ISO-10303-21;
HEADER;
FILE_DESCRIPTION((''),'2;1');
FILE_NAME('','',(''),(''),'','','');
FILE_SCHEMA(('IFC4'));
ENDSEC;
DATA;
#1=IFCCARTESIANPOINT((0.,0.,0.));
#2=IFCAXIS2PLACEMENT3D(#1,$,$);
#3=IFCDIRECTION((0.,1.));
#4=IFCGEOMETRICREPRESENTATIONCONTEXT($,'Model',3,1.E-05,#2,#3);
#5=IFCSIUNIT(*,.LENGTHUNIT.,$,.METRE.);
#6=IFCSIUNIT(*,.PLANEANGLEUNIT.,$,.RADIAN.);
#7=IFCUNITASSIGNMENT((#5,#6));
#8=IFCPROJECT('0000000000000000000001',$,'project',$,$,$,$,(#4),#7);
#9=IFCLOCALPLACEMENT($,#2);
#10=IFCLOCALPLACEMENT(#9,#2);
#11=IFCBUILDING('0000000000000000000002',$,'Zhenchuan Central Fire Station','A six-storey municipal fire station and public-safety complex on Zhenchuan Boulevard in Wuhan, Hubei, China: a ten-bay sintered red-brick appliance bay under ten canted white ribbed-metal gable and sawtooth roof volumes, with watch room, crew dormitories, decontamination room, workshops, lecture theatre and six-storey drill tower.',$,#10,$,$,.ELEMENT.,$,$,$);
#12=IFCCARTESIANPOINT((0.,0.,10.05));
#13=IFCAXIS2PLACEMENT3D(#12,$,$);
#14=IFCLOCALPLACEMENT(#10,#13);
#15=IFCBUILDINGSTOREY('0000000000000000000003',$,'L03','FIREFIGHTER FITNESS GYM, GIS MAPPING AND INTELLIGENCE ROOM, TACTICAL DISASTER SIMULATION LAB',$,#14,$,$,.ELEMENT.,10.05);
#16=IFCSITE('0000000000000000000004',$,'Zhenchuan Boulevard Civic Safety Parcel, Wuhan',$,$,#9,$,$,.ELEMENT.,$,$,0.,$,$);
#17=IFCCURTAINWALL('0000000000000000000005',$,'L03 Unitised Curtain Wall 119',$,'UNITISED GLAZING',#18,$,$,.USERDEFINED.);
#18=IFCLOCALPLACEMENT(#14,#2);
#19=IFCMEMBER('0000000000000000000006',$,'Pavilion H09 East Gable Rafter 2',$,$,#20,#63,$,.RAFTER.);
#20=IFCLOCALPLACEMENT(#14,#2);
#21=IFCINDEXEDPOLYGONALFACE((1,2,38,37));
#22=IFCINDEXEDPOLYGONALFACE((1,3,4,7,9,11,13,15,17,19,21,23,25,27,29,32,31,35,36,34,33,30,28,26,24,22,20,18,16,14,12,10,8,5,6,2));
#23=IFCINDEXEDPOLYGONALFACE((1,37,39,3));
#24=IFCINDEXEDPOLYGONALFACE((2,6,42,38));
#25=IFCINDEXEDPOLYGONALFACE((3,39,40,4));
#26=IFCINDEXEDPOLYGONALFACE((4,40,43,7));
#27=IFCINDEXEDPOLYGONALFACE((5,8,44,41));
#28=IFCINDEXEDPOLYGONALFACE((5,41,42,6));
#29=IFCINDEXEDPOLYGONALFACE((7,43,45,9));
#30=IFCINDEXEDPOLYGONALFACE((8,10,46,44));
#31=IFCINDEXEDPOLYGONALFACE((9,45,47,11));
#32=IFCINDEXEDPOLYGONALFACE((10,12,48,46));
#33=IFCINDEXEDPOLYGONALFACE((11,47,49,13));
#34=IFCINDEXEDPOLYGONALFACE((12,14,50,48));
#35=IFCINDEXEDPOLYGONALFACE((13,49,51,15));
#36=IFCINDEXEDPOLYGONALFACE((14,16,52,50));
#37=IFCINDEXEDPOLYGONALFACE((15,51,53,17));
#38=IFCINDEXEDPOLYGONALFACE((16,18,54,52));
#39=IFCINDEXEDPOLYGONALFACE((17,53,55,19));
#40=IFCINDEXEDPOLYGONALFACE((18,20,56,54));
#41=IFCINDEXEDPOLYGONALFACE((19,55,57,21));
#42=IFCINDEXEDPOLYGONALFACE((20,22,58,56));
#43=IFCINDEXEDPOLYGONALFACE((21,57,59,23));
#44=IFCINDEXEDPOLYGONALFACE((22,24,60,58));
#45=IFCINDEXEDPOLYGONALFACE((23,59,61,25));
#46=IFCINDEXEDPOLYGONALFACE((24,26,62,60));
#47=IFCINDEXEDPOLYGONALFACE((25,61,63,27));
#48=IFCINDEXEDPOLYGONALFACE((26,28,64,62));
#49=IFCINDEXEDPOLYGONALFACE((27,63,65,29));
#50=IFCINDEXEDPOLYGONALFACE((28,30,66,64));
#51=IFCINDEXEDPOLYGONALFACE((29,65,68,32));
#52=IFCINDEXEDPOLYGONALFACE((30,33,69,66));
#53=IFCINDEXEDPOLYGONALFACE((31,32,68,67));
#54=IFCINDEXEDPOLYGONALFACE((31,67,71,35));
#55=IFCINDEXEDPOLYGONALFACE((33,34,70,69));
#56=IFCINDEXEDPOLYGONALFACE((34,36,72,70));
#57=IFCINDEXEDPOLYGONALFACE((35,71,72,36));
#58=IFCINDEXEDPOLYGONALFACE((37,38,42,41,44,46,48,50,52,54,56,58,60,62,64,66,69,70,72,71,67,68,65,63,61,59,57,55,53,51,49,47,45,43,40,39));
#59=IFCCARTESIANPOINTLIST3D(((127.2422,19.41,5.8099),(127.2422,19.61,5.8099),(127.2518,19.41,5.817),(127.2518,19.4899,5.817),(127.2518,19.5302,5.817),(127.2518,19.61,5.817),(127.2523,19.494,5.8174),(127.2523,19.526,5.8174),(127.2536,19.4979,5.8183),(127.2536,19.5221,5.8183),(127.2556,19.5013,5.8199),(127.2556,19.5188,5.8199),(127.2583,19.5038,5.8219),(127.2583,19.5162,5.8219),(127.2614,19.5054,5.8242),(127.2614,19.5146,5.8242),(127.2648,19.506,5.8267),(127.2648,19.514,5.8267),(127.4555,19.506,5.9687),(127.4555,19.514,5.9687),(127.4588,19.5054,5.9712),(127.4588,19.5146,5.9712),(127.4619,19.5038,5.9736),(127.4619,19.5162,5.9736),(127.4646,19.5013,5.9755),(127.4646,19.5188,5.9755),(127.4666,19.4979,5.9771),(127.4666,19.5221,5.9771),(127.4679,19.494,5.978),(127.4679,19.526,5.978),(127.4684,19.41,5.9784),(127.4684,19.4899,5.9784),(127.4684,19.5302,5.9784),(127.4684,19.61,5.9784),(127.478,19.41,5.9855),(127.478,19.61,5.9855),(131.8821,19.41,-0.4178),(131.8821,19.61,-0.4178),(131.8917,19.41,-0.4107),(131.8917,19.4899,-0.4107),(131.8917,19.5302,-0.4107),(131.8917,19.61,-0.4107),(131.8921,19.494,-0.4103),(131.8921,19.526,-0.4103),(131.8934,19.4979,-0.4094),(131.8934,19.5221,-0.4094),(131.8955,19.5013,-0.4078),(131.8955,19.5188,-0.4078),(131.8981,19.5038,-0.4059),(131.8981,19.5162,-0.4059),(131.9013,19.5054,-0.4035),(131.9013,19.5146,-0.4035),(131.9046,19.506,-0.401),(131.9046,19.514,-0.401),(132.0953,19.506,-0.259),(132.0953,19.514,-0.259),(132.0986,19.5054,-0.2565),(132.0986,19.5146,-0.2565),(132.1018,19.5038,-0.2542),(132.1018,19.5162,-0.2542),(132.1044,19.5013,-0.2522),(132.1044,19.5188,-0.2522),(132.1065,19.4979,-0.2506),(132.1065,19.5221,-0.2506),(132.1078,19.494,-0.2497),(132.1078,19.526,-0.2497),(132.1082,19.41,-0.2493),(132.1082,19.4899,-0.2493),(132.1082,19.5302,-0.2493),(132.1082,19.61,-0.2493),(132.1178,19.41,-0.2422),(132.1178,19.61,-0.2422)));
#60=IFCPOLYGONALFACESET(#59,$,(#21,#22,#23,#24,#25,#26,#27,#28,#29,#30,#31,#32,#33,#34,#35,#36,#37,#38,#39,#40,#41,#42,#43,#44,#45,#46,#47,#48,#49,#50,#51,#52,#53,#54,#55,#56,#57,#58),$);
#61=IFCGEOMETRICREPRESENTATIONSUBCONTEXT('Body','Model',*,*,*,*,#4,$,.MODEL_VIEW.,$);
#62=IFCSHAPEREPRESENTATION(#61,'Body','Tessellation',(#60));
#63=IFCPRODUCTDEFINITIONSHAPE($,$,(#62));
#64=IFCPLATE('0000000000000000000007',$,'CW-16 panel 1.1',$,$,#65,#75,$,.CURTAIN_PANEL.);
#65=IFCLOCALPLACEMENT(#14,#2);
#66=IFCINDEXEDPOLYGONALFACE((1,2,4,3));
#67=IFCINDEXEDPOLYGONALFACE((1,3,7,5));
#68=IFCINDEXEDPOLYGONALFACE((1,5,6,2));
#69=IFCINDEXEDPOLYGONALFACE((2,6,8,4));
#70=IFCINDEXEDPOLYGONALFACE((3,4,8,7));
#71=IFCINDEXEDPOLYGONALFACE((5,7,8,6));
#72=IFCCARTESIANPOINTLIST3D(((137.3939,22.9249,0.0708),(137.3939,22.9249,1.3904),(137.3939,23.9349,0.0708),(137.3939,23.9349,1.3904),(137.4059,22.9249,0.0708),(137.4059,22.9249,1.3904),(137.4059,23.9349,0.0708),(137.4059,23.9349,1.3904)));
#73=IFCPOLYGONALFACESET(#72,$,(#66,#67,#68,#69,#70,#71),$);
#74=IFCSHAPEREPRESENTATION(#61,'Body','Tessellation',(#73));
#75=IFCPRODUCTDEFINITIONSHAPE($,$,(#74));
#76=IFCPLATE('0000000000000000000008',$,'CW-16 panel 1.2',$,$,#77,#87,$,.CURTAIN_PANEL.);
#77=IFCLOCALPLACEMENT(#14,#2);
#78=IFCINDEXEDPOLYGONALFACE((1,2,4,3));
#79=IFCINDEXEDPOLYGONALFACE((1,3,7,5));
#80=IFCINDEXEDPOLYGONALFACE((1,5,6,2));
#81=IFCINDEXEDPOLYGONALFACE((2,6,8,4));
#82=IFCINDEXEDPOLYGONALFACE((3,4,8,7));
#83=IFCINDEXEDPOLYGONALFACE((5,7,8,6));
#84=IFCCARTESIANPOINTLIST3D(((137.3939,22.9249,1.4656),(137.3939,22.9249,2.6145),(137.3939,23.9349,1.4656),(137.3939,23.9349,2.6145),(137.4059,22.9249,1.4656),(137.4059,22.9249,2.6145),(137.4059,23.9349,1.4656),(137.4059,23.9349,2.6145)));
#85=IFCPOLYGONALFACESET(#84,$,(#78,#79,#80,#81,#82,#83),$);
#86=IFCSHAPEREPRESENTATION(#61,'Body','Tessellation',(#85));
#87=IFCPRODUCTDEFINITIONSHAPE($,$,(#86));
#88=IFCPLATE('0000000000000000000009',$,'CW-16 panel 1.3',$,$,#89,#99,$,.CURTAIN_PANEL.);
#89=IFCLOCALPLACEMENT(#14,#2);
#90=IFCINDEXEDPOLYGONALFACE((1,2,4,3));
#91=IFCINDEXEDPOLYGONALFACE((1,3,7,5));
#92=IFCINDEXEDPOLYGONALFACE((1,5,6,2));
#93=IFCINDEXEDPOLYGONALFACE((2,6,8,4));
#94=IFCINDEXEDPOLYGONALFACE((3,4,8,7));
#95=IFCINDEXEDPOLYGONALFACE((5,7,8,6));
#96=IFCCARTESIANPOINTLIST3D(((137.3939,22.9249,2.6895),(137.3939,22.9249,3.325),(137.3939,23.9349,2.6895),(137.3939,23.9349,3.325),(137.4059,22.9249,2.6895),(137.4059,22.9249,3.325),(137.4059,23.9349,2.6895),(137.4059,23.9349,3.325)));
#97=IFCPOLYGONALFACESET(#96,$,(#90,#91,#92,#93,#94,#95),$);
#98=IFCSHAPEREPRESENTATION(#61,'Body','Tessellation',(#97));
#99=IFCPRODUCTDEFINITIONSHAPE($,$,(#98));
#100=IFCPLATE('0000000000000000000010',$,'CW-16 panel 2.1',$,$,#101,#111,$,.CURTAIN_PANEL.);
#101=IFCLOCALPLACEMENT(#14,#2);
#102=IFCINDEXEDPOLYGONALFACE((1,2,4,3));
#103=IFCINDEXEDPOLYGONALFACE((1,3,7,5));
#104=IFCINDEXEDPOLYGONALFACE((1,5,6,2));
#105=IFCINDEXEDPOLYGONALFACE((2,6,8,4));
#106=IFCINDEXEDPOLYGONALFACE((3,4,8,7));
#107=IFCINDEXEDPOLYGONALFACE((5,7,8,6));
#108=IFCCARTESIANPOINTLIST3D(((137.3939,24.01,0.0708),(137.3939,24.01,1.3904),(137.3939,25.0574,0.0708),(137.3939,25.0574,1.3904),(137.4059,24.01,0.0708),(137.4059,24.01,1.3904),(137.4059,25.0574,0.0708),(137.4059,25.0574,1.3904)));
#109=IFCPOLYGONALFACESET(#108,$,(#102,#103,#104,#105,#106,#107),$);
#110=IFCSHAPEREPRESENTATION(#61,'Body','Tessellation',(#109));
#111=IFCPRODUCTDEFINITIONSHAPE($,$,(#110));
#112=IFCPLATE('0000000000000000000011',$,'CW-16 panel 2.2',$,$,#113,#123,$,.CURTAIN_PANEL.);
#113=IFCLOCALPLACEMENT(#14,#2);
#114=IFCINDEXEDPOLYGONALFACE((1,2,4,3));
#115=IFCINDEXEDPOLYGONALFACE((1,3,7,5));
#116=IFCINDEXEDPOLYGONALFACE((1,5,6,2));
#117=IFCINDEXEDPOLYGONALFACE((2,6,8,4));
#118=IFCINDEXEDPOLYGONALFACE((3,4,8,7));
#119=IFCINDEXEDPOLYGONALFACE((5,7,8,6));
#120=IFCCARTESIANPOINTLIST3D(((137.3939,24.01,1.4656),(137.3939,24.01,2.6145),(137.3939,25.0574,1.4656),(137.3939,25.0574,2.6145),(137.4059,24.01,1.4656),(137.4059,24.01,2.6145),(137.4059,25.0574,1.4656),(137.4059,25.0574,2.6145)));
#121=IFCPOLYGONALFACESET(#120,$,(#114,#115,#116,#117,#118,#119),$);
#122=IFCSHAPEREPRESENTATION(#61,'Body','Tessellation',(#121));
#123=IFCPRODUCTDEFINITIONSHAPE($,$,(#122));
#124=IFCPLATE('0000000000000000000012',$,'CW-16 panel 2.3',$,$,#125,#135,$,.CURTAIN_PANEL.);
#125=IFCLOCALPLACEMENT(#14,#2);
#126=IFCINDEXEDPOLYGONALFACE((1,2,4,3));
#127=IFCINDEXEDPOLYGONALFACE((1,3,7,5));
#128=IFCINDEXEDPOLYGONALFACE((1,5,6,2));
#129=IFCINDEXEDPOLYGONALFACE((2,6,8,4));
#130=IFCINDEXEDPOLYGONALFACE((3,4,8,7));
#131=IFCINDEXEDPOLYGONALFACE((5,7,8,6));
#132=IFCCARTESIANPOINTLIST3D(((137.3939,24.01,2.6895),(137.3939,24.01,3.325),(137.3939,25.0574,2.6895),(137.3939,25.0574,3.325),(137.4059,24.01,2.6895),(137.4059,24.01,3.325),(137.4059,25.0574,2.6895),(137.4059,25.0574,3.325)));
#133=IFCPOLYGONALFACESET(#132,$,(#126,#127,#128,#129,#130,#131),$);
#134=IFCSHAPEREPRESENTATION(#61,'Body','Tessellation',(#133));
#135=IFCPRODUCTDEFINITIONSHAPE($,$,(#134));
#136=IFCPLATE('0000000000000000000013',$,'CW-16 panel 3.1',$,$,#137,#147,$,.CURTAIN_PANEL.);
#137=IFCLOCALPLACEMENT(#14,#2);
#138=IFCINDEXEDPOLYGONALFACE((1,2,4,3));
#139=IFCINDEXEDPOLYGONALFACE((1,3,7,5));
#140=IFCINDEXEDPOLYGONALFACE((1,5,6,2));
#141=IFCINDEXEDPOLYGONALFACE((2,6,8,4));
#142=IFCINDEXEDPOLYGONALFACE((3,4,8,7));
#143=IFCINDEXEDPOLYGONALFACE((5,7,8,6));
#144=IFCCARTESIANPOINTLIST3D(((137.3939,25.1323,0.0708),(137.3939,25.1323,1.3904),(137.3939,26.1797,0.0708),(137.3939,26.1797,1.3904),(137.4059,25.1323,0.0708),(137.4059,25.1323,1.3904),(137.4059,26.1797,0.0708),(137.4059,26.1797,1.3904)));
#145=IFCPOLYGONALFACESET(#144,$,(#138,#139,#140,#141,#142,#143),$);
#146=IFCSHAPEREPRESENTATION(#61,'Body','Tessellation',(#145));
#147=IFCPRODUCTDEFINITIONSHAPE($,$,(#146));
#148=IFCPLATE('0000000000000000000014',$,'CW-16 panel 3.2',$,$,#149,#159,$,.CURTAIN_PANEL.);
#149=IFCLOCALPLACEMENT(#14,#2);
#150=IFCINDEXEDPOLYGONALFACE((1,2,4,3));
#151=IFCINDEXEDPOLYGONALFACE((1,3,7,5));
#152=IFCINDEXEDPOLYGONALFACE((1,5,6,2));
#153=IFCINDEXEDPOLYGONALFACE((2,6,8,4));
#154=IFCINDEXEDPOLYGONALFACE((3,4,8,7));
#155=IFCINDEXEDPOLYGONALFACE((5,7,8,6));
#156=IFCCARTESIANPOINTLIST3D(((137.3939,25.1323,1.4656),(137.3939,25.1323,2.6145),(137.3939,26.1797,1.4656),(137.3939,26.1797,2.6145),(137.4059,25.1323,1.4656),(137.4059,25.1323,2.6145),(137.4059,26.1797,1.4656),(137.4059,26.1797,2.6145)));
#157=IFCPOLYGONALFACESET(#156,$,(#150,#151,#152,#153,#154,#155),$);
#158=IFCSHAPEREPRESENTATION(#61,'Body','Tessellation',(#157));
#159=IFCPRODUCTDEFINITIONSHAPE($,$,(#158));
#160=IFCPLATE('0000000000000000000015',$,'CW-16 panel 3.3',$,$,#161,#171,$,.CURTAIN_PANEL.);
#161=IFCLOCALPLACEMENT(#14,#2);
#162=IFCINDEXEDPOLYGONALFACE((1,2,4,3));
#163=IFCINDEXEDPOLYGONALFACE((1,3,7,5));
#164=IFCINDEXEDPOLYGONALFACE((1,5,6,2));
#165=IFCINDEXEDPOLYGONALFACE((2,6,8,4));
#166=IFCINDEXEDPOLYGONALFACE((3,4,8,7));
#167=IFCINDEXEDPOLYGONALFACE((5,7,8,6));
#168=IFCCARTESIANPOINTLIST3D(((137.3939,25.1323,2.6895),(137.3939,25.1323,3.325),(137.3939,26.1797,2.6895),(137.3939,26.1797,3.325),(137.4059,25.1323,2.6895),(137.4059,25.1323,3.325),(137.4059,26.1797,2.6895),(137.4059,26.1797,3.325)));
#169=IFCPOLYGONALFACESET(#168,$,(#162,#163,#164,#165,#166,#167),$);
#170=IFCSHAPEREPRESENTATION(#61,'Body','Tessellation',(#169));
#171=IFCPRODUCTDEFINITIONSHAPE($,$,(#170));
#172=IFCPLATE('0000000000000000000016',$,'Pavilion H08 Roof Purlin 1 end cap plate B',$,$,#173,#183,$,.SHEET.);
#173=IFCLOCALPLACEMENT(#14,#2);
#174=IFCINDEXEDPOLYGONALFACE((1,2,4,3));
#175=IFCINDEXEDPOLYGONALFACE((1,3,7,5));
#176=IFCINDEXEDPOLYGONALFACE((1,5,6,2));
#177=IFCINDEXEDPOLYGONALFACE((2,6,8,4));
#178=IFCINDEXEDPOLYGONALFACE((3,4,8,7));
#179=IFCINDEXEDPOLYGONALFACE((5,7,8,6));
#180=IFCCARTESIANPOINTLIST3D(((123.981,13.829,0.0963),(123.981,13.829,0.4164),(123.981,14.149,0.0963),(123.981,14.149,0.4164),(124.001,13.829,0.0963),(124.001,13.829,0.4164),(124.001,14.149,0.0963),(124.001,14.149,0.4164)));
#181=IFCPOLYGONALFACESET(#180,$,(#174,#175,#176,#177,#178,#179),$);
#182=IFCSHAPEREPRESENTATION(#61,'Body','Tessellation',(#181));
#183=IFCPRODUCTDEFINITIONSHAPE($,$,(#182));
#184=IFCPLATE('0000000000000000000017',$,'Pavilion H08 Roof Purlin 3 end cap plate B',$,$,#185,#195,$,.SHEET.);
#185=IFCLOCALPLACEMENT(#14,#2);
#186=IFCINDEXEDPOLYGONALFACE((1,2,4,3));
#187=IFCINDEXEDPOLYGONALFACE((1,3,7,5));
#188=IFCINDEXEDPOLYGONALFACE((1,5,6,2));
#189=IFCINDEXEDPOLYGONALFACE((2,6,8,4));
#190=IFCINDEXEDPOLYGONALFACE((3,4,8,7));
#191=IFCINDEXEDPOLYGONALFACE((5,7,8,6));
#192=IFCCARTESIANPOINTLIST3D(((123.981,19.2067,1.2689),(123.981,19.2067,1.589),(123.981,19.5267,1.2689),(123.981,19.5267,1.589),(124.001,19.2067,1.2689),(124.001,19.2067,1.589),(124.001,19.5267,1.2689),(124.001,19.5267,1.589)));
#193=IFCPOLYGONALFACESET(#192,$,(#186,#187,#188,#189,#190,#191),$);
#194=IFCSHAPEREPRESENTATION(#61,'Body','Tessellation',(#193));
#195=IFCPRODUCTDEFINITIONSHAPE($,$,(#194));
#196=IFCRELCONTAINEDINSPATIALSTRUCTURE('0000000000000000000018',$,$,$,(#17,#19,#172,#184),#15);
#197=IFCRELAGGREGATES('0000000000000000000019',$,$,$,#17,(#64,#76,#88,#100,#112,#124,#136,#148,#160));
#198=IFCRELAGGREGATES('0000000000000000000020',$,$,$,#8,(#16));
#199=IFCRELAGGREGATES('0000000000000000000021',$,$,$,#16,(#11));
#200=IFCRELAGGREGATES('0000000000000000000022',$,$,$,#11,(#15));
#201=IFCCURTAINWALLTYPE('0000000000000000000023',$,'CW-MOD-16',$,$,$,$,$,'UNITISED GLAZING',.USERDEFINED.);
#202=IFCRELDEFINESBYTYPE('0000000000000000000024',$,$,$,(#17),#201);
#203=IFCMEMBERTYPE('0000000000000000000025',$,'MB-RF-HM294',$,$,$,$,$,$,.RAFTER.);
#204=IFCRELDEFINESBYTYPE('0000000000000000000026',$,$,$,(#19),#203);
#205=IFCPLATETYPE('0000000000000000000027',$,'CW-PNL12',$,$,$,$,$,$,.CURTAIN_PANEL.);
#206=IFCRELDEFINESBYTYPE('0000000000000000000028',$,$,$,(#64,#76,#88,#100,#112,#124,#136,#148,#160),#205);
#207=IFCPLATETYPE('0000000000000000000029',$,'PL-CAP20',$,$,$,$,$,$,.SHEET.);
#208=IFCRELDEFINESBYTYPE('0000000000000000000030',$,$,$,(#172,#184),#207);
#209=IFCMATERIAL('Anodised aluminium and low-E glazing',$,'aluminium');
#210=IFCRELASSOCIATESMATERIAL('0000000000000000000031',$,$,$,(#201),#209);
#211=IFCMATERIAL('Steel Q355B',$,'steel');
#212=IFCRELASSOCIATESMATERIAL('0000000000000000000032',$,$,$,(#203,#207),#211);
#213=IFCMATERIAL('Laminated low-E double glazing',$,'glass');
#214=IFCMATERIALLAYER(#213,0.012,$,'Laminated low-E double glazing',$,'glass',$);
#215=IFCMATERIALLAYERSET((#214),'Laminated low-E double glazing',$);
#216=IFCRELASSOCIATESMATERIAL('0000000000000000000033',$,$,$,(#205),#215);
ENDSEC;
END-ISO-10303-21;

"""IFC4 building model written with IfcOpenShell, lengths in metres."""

from ifc_helpers import new_model, si_unit, direction, frame, origin, origin_2d, place, context, subcontext, project, spatial, rectangle, i_section, extrude, material, layer, layer_set, material_profile, profile_set, type_object, element, aggregate, save


model = new_model("IFC4")

# Units and contexts
model_context = context("Model", 3, precision=1e-05, world=origin(), true_north=direction((0.0, 1.0)))
body_context = subcontext(model_context, "Body", "Model", "MODEL_VIEW")
ifc_project = project(units=[si_unit("LENGTHUNIT", "METRE"), si_unit("PLANEANGLEUNIT", "RADIAN")], contexts=[model_context])

# Site, building, storey
site_placement = place(None, origin())
site = spatial("IfcSite", under=ifc_project, at=site_placement, Name="Zhenchuan Boulevard Civic Safety Parcel, Wuhan", CompositionType="ELEMENT", RefElevation=0.0)
building_placement = place(site_placement, origin())
building = spatial("IfcBuilding", under=site, at=building_placement, Name="Zhenchuan Central Fire Station", Description="A six-storey municipal fire station and public-safety complex on Zhenchuan Boulevard in Wuhan, Hubei, China: a ten-bay sintered red-brick appliance bay under ten canted white ribbed-metal gable and sawtooth roof volumes, with watch room, crew dormitories, decontamination room, workshops, lecture theatre and six-storey drill tower.", CompositionType="ELEMENT")
storey_placement = place(building_placement, frame((0.0, 0.0, 10.05)))
storey = spatial("IfcBuildingStorey", under=building, at=storey_placement, Name="L03", Description="FIREFIGHTER FITNESS GYM, GIS MAPPING AND INTELLIGENCE ROOM, TACTICAL DISASTER SIMULATION LAB", CompositionType="ELEMENT", Elevation=10.05)

# Curtain wall
ifc_material_1 = material(Name="Anodised aluminium and low-E glazing", Category="aluminium")
curtain_wall_type = type_object("IfcCurtainWallType", Name="CW-MOD-16", ElementType="UNITISED GLAZING", PredefinedType="USERDEFINED", material=ifc_material_1)
curtain_wall_placement = place(storey_placement, origin())
curtain_wall = element("IfcCurtainWall", 1, at=curtain_wall_placement, inside=storey, type_object=curtain_wall_type, Name="L03 Unitised Curtain Wall 119", ObjectType="UNITISED GLAZING", PredefinedType="USERDEFINED")

# Member
ifc_material_2 = material(Name="Steel Q355B", Category="steel")
ifc_material_profile_1 = material_profile(ifc_material_2, i_section(OverallWidth=0.2, OverallDepth=0.2939, WebThickness=0.0081, FlangeThickness=0.012, FilletRadius=0.0161, at=origin_2d()), Name="HM 294x200")
ifc_profile_set_1 = profile_set([ifc_material_profile_1], Name="Steel Q355B")
member_type_1 = type_object("IfcMemberType", Name="MB-RF-HM294", PredefinedType="RAFTER", material=ifc_profile_set_1)
member_1_placement = place(storey_placement, frame((127.3601, 19.51, 5.8977), z_axis=(0.597447, 0.0, -0.801909), x_axis=(0.0, 1.0, 0.0)))
element("IfcMember", 2, at=member_1_placement, inside=storey, type_object=member_type_1, Name="Pavilion H09 East Gable Rafter 2", PredefinedType="RAFTER", context=body_context, shape_type="SweptSolid", body=[
    extrude(i_section(OverallWidth=0.2, OverallDepth=0.2939, WebThickness=0.0081, FlangeThickness=0.012, FilletRadius=0.0161, at=origin_2d()), origin(), (0.0, 0.0, 1.0), 7.7661),
])

# Plates
ifc_material_3 = material(Name="Laminated low-E double glazing", Category="glass")
ifc_layer = layer(ifc_material_3, 0.012, Name="Laminated low-E double glazing", Category="glass")
ifc_layer_set = layer_set([ifc_layer], Name="Laminated low-E double glazing")
plate_type_1 = type_object("IfcPlateType", Name="CW-PNL12", PredefinedType="CURTAIN_PANEL", material=ifc_layer_set)
plate_1_placement = place(storey_placement, frame((137.3999, 23.4299, 0.0708), z_axis=(0.0, 0.0, 1.0), x_axis=(0.0, 1.0, 0.0)))
plate_1 = element("IfcPlate", 3, at=plate_1_placement, type_object=plate_type_1, Name="CW-16 panel 1.1", PredefinedType="CURTAIN_PANEL", context=body_context, shape_type="SweptSolid", body=[
    extrude(rectangle(XDim=1.01, YDim=0.012, at=origin_2d()), origin(), (0.0, 0.0, 1.0), 1.3196),
])
plate_2_placement = place(storey_placement, frame((137.3999, 23.4299, 1.4656), z_axis=(0.0, 0.0, 1.0), x_axis=(0.0, 1.0, 0.0)))
plate_2 = element("IfcPlate", 4, at=plate_2_placement, type_object=plate_type_1, Name="CW-16 panel 1.2", PredefinedType="CURTAIN_PANEL", context=body_context, shape_type="SweptSolid", body=[
    extrude(rectangle(XDim=1.01, YDim=0.012, at=origin_2d()), origin(), (0.0, 0.0, 1.0), 1.1489),
])
plate_3_placement = place(storey_placement, frame((137.3999, 23.4299, 2.6895), z_axis=(0.0, 0.0, 1.0), x_axis=(0.0, 1.0, 0.0)))
plate_3 = element("IfcPlate", 5, at=plate_3_placement, type_object=plate_type_1, Name="CW-16 panel 1.3", PredefinedType="CURTAIN_PANEL", context=body_context, shape_type="SweptSolid", body=[
    extrude(rectangle(XDim=1.01, YDim=0.012, at=origin_2d()), origin(), (0.0, 0.0, 1.0), 0.6355),
])
plate_4_placement = place(storey_placement, frame((137.3999, 24.5337, 0.0708), z_axis=(0.0, 0.0, 1.0), x_axis=(0.0, 1.0, 0.0)))
plate_4 = element("IfcPlate", 6, at=plate_4_placement, type_object=plate_type_1, Name="CW-16 panel 2.1", PredefinedType="CURTAIN_PANEL", context=body_context, shape_type="SweptSolid", body=[
    extrude(rectangle(XDim=1.0474, YDim=0.012, at=origin_2d()), origin(), (0.0, 0.0, 1.0), 1.3196),
])
plate_5_placement = place(storey_placement, frame((137.3999, 24.5337, 1.4656), z_axis=(0.0, 0.0, 1.0), x_axis=(0.0, 1.0, 0.0)))
plate_5 = element("IfcPlate", 7, at=plate_5_placement, type_object=plate_type_1, Name="CW-16 panel 2.2", PredefinedType="CURTAIN_PANEL", context=body_context, shape_type="SweptSolid", body=[
    extrude(rectangle(XDim=1.0474, YDim=0.012, at=origin_2d()), origin(), (0.0, 0.0, 1.0), 1.1489),
])
plate_6_placement = place(storey_placement, frame((137.3999, 24.5337, 2.6895), z_axis=(0.0, 0.0, 1.0), x_axis=(0.0, 1.0, 0.0)))
plate_6 = element("IfcPlate", 8, at=plate_6_placement, type_object=plate_type_1, Name="CW-16 panel 2.3", PredefinedType="CURTAIN_PANEL", context=body_context, shape_type="SweptSolid", body=[
    extrude(rectangle(XDim=1.0474, YDim=0.012, at=origin_2d()), origin(), (0.0, 0.0, 1.0), 0.6355),
])
plate_7_placement = place(storey_placement, frame((137.3999, 25.656, 0.0708), z_axis=(0.0, 0.0, 1.0), x_axis=(0.0, 1.0, 0.0)))
plate_7 = element("IfcPlate", 9, at=plate_7_placement, type_object=plate_type_1, Name="CW-16 panel 3.1", PredefinedType="CURTAIN_PANEL", context=body_context, shape_type="SweptSolid", body=[
    extrude(rectangle(XDim=1.0474, YDim=0.012, at=origin_2d()), origin(), (0.0, 0.0, 1.0), 1.3196),
])
plate_8_placement = place(storey_placement, frame((137.3999, 25.656, 1.4656), z_axis=(0.0, 0.0, 1.0), x_axis=(0.0, 1.0, 0.0)))
plate_8 = element("IfcPlate", 10, at=plate_8_placement, type_object=plate_type_1, Name="CW-16 panel 3.2", PredefinedType="CURTAIN_PANEL", context=body_context, shape_type="SweptSolid", body=[
    extrude(rectangle(XDim=1.0474, YDim=0.012, at=origin_2d()), origin(), (0.0, 0.0, 1.0), 1.1489),
])
plate_9_placement = place(storey_placement, frame((137.3999, 25.656, 2.6895), z_axis=(0.0, 0.0, 1.0), x_axis=(0.0, 1.0, 0.0)))
plate_9 = element("IfcPlate", 11, at=plate_9_placement, type_object=plate_type_1, Name="CW-16 panel 3.3", PredefinedType="CURTAIN_PANEL", context=body_context, shape_type="SweptSolid", body=[
    extrude(rectangle(XDim=1.0474, YDim=0.012, at=origin_2d()), origin(), (0.0, 0.0, 1.0), 0.6355),
])
aggregate(curtain_wall, [plate_1, plate_2, plate_3, plate_4, plate_5, plate_6, plate_7, plate_8, plate_9])

# Plates
ifc_material_profile_2 = material_profile(ifc_material_2, rectangle(XDim=0.3201, YDim=0.3201, at=origin_2d()), Name="PL 320x320x20")
ifc_profile_set_2 = profile_set([ifc_material_profile_2], Name="Steel Q355B")
plate_type_2 = type_object("IfcPlateType", Name="PL-CAP20", PredefinedType="SHEET", material=ifc_profile_set_2)
for number, where, z_axis, x_axis, name in (
    (12, (123.981, 13.989, 0.2563), (1.0, 0.0, 0.0), (0.0, 1.0, 0.0), "Pavilion H08 Roof Purlin 1 end cap plate B"),
    (13, (123.981, 19.3667, 1.429), (1.0, 0.0, 0.0), (0.0, 1.0, 0.0), "Pavilion H08 Roof Purlin 3 end cap plate B"),
):
    element("IfcPlate", number, at=place(storey_placement, frame(where, z_axis=z_axis, x_axis=x_axis)), inside=storey, type_object=plate_type_2, Name=name, PredefinedType="SHEET", context=body_context, shape_type="SweptSolid", body=[
        extrude(rectangle(XDim=0.3201, YDim=0.3201, at=origin_2d()), origin(), (0.0, 0.0, 1.0), 0.02),
    ])

save(model, "model.ifc")
